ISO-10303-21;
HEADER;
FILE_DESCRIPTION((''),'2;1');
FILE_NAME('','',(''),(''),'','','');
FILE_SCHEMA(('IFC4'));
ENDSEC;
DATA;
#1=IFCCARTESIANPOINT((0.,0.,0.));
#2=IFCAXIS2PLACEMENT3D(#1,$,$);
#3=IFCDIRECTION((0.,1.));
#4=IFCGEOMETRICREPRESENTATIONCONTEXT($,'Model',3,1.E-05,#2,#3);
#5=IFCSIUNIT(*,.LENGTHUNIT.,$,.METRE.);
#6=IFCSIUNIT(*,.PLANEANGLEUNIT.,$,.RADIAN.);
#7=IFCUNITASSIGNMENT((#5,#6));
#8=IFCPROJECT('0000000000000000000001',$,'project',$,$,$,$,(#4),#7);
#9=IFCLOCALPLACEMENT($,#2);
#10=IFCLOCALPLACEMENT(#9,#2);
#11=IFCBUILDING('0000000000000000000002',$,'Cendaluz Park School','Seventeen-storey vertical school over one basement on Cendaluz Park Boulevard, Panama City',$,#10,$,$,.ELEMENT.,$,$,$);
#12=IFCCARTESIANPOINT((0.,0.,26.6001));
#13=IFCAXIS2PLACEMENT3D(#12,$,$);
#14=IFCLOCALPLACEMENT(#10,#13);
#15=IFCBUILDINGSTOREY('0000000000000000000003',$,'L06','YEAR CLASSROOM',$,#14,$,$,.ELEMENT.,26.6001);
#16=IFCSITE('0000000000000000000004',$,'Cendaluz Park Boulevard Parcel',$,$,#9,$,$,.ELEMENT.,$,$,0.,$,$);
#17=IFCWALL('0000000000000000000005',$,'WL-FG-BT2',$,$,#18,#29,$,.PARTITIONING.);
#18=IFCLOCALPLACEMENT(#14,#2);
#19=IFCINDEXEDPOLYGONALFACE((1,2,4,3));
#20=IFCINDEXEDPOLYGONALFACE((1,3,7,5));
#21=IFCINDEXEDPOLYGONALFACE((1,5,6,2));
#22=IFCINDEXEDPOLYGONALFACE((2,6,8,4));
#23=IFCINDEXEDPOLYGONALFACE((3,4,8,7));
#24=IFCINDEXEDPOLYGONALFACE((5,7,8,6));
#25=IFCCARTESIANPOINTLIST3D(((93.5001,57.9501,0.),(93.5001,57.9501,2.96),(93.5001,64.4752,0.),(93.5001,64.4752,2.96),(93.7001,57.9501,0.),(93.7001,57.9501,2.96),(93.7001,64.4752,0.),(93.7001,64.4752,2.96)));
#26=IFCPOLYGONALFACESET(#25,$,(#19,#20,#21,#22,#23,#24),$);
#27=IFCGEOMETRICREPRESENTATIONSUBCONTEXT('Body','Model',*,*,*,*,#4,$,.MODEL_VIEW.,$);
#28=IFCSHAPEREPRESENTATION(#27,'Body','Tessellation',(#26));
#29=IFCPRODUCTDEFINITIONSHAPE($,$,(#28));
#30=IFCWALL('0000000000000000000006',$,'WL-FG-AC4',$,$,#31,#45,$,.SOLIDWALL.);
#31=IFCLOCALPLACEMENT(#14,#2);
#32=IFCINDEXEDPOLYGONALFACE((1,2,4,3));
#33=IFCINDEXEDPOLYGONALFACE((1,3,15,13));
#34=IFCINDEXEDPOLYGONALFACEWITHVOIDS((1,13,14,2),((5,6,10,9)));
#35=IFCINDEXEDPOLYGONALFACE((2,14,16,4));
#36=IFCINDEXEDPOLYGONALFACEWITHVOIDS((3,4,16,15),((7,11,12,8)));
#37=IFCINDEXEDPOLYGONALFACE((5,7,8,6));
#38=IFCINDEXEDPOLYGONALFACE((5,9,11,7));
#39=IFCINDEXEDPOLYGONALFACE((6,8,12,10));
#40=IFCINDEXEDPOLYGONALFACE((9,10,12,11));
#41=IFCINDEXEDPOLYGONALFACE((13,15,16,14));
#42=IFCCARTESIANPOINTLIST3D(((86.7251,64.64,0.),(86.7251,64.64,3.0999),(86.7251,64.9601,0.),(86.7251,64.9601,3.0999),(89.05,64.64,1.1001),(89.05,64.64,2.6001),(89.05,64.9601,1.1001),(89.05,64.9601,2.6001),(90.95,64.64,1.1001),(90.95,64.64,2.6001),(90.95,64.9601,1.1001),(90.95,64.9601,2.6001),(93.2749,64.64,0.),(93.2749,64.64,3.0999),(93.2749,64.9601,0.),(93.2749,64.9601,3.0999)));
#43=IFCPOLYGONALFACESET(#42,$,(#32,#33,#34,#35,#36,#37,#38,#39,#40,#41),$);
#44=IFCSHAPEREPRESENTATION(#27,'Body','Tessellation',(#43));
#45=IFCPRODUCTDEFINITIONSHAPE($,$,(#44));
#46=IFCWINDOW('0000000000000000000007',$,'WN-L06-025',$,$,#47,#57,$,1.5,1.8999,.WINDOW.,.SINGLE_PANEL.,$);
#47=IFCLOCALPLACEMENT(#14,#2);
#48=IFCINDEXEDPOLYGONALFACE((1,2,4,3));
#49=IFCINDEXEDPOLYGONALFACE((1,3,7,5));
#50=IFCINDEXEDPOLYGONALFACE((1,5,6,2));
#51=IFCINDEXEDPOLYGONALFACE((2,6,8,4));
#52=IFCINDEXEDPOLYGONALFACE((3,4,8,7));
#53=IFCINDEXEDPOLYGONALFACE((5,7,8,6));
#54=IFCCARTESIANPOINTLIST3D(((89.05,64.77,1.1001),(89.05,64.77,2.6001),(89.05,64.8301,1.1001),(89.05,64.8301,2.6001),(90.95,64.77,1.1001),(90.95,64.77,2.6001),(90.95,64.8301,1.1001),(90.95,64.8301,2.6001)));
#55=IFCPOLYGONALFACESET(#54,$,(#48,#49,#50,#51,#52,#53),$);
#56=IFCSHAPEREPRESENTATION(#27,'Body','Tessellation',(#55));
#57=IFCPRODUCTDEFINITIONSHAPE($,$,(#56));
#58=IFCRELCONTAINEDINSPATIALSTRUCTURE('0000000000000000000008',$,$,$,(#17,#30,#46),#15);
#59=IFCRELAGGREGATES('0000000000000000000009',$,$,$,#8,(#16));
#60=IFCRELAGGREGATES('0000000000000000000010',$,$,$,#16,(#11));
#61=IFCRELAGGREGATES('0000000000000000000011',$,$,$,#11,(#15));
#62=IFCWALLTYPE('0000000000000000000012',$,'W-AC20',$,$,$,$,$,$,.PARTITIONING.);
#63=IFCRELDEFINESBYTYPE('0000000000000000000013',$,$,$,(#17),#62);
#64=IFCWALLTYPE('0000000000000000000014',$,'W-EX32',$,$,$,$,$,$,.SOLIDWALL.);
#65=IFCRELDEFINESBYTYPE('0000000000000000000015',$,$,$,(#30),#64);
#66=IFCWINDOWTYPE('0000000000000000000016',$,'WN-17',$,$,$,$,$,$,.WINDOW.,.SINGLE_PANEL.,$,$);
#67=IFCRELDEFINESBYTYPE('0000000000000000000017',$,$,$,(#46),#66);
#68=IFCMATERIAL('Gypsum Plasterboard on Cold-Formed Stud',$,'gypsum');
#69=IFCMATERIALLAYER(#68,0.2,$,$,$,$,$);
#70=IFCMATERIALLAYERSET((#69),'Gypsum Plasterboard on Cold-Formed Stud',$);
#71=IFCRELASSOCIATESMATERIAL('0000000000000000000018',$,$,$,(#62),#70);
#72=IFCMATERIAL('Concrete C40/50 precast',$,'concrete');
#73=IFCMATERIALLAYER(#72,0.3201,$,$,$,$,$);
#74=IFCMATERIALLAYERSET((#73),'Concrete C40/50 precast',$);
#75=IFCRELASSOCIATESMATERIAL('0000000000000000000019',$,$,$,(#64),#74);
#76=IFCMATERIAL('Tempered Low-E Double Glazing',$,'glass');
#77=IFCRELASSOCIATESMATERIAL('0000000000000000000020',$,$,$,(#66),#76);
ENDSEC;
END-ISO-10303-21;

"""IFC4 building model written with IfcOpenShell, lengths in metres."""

from ifc_helpers import new_model, si_unit, direction, frame, frame_2d, origin, place, context, subcontext, project, spatial, rectangle, extrude, material, layer, layer_set, type_object, element, fill, save


model = new_model("IFC4")

# Units and contexts
model_context = context("Model", 3, precision=1e-05, world=origin(), true_north=direction((0.0, 1.0)))
body_context = subcontext(model_context, "Body", "Model", "MODEL_VIEW")
ifc_project = project(units=[si_unit("LENGTHUNIT", "METRE"), si_unit("PLANEANGLEUNIT", "RADIAN")], contexts=[model_context])

# Site, building, storey
site_placement = place(None, origin())
site = spatial("IfcSite", under=ifc_project, at=site_placement, Name="Cendaluz Park Boulevard Parcel", CompositionType="ELEMENT", RefElevation=0.0)
building_placement = place(site_placement, origin())
building = spatial("IfcBuilding", under=site, at=building_placement, Name="Cendaluz Park School", Description="Seventeen-storey vertical school over one basement on Cendaluz Park Boulevard, Panama City", CompositionType="ELEMENT")
storey_placement = place(building_placement, frame((0.0, 0.0, 26.6001)))
storey = spatial("IfcBuildingStorey", under=building, at=storey_placement, Name="L06", Description="YEAR CLASSROOM", CompositionType="ELEMENT", Elevation=26.6001)

# Wall
ifc_material_1 = material(Name="Gypsum Plasterboard on Cold-Formed Stud", Category="gypsum")
ifc_layer_1 = layer(ifc_material_1, 0.2)
ifc_layer_set_1 = layer_set([ifc_layer_1], Name="Gypsum Plasterboard on Cold-Formed Stud")
wall_type_1 = type_object("IfcWallType", Name="W-AC20", PredefinedType="PARTITIONING", material=ifc_layer_set_1)
wall_1_placement = place(storey_placement, frame((93.6001, 57.95, 0.0), z_axis=(0.0, 0.0, 1.0), x_axis=(0.0, 1.0, 0.0)))
element("IfcWall", 1, at=wall_1_placement, inside=storey, type_object=wall_type_1, Name="WL-FG-BT2", PredefinedType="PARTITIONING", context=body_context, shape_type="SweptSolid", body=[
    extrude(rectangle(XDim=6.5251, YDim=0.2, at=frame_2d((3.2627, 0.0))), origin(), (0.0, 0.0, 1.0), 2.96),
])

# Wall, opening, window
ifc_material_2 = material(Name="Concrete C40/50 precast", Category="concrete")
ifc_layer_2 = layer(ifc_material_2, 0.3201)
ifc_layer_set_2 = layer_set([ifc_layer_2], Name="Concrete C40/50 precast")
wall_type_2 = type_object("IfcWallType", Name="W-EX32", PredefinedType="SOLIDWALL", material=ifc_layer_set_2)
wall_2_placement = place(storey_placement, frame((86.7251, 64.8, 0.0), z_axis=(0.0, 0.0, 1.0), x_axis=(1.0, 0.0, 0.0)))
wall_2 = element("IfcWall", 2, at=wall_2_placement, inside=storey, type_object=wall_type_2, Name="WL-FG-AC4", PredefinedType="SOLIDWALL", context=body_context, shape_type="SweptSolid", body=[
    extrude(rectangle(XDim=6.5498, YDim=0.3201, at=frame_2d((3.2749, 0.0))), origin(), (0.0, 0.0, 1.0), 3.0999),
])
opening_placement = place(wall_2_placement, frame((2.325, 0.0, 1.1001)))
opening = element("IfcOpeningElement", 3, at=opening_placement, cuts=wall_2, PredefinedType="OPENING", context=body_context, shape_type="SweptSolid", body=[
    extrude(rectangle(XDim=1.8999, YDim=1.5, at=frame_2d((0.95, 0.75))), frame((0.0, 0.1721, 0.0), z_axis=(0.0, -1.0, 0.0), x_axis=(1.0, 0.0, 0.0)), (0.0, 0.0, 1.0), 0.344),
])
ifc_material_3 = material(Name="Tempered Low-E Double Glazing", Category="glass")
window_type = type_object("IfcWindowType", Name="WN-17", PartitioningType="SINGLE_PANEL", PredefinedType="WINDOW", material=ifc_material_3)
window_placement = place(opening_placement, origin())
window = element("IfcWindow", 4, at=window_placement, inside=storey, type_object=window_type, Name="WN-L06-025", OverallHeight=1.5, OverallWidth=1.8999, PartitioningType="SINGLE_PANEL", PredefinedType="WINDOW", context=body_context, shape_type="SweptSolid", body=[
    extrude(rectangle(XDim=1.8999, YDim=1.5, at=frame_2d((0.95, 0.75))), frame((0.0, 0.03, 0.0), z_axis=(0.0, -1.0, 0.0), x_axis=(1.0, 0.0, 0.0)), (0.0, 0.0, 1.0), 0.0601),
])
fill(opening, window)

save(model, "model.ifc")
